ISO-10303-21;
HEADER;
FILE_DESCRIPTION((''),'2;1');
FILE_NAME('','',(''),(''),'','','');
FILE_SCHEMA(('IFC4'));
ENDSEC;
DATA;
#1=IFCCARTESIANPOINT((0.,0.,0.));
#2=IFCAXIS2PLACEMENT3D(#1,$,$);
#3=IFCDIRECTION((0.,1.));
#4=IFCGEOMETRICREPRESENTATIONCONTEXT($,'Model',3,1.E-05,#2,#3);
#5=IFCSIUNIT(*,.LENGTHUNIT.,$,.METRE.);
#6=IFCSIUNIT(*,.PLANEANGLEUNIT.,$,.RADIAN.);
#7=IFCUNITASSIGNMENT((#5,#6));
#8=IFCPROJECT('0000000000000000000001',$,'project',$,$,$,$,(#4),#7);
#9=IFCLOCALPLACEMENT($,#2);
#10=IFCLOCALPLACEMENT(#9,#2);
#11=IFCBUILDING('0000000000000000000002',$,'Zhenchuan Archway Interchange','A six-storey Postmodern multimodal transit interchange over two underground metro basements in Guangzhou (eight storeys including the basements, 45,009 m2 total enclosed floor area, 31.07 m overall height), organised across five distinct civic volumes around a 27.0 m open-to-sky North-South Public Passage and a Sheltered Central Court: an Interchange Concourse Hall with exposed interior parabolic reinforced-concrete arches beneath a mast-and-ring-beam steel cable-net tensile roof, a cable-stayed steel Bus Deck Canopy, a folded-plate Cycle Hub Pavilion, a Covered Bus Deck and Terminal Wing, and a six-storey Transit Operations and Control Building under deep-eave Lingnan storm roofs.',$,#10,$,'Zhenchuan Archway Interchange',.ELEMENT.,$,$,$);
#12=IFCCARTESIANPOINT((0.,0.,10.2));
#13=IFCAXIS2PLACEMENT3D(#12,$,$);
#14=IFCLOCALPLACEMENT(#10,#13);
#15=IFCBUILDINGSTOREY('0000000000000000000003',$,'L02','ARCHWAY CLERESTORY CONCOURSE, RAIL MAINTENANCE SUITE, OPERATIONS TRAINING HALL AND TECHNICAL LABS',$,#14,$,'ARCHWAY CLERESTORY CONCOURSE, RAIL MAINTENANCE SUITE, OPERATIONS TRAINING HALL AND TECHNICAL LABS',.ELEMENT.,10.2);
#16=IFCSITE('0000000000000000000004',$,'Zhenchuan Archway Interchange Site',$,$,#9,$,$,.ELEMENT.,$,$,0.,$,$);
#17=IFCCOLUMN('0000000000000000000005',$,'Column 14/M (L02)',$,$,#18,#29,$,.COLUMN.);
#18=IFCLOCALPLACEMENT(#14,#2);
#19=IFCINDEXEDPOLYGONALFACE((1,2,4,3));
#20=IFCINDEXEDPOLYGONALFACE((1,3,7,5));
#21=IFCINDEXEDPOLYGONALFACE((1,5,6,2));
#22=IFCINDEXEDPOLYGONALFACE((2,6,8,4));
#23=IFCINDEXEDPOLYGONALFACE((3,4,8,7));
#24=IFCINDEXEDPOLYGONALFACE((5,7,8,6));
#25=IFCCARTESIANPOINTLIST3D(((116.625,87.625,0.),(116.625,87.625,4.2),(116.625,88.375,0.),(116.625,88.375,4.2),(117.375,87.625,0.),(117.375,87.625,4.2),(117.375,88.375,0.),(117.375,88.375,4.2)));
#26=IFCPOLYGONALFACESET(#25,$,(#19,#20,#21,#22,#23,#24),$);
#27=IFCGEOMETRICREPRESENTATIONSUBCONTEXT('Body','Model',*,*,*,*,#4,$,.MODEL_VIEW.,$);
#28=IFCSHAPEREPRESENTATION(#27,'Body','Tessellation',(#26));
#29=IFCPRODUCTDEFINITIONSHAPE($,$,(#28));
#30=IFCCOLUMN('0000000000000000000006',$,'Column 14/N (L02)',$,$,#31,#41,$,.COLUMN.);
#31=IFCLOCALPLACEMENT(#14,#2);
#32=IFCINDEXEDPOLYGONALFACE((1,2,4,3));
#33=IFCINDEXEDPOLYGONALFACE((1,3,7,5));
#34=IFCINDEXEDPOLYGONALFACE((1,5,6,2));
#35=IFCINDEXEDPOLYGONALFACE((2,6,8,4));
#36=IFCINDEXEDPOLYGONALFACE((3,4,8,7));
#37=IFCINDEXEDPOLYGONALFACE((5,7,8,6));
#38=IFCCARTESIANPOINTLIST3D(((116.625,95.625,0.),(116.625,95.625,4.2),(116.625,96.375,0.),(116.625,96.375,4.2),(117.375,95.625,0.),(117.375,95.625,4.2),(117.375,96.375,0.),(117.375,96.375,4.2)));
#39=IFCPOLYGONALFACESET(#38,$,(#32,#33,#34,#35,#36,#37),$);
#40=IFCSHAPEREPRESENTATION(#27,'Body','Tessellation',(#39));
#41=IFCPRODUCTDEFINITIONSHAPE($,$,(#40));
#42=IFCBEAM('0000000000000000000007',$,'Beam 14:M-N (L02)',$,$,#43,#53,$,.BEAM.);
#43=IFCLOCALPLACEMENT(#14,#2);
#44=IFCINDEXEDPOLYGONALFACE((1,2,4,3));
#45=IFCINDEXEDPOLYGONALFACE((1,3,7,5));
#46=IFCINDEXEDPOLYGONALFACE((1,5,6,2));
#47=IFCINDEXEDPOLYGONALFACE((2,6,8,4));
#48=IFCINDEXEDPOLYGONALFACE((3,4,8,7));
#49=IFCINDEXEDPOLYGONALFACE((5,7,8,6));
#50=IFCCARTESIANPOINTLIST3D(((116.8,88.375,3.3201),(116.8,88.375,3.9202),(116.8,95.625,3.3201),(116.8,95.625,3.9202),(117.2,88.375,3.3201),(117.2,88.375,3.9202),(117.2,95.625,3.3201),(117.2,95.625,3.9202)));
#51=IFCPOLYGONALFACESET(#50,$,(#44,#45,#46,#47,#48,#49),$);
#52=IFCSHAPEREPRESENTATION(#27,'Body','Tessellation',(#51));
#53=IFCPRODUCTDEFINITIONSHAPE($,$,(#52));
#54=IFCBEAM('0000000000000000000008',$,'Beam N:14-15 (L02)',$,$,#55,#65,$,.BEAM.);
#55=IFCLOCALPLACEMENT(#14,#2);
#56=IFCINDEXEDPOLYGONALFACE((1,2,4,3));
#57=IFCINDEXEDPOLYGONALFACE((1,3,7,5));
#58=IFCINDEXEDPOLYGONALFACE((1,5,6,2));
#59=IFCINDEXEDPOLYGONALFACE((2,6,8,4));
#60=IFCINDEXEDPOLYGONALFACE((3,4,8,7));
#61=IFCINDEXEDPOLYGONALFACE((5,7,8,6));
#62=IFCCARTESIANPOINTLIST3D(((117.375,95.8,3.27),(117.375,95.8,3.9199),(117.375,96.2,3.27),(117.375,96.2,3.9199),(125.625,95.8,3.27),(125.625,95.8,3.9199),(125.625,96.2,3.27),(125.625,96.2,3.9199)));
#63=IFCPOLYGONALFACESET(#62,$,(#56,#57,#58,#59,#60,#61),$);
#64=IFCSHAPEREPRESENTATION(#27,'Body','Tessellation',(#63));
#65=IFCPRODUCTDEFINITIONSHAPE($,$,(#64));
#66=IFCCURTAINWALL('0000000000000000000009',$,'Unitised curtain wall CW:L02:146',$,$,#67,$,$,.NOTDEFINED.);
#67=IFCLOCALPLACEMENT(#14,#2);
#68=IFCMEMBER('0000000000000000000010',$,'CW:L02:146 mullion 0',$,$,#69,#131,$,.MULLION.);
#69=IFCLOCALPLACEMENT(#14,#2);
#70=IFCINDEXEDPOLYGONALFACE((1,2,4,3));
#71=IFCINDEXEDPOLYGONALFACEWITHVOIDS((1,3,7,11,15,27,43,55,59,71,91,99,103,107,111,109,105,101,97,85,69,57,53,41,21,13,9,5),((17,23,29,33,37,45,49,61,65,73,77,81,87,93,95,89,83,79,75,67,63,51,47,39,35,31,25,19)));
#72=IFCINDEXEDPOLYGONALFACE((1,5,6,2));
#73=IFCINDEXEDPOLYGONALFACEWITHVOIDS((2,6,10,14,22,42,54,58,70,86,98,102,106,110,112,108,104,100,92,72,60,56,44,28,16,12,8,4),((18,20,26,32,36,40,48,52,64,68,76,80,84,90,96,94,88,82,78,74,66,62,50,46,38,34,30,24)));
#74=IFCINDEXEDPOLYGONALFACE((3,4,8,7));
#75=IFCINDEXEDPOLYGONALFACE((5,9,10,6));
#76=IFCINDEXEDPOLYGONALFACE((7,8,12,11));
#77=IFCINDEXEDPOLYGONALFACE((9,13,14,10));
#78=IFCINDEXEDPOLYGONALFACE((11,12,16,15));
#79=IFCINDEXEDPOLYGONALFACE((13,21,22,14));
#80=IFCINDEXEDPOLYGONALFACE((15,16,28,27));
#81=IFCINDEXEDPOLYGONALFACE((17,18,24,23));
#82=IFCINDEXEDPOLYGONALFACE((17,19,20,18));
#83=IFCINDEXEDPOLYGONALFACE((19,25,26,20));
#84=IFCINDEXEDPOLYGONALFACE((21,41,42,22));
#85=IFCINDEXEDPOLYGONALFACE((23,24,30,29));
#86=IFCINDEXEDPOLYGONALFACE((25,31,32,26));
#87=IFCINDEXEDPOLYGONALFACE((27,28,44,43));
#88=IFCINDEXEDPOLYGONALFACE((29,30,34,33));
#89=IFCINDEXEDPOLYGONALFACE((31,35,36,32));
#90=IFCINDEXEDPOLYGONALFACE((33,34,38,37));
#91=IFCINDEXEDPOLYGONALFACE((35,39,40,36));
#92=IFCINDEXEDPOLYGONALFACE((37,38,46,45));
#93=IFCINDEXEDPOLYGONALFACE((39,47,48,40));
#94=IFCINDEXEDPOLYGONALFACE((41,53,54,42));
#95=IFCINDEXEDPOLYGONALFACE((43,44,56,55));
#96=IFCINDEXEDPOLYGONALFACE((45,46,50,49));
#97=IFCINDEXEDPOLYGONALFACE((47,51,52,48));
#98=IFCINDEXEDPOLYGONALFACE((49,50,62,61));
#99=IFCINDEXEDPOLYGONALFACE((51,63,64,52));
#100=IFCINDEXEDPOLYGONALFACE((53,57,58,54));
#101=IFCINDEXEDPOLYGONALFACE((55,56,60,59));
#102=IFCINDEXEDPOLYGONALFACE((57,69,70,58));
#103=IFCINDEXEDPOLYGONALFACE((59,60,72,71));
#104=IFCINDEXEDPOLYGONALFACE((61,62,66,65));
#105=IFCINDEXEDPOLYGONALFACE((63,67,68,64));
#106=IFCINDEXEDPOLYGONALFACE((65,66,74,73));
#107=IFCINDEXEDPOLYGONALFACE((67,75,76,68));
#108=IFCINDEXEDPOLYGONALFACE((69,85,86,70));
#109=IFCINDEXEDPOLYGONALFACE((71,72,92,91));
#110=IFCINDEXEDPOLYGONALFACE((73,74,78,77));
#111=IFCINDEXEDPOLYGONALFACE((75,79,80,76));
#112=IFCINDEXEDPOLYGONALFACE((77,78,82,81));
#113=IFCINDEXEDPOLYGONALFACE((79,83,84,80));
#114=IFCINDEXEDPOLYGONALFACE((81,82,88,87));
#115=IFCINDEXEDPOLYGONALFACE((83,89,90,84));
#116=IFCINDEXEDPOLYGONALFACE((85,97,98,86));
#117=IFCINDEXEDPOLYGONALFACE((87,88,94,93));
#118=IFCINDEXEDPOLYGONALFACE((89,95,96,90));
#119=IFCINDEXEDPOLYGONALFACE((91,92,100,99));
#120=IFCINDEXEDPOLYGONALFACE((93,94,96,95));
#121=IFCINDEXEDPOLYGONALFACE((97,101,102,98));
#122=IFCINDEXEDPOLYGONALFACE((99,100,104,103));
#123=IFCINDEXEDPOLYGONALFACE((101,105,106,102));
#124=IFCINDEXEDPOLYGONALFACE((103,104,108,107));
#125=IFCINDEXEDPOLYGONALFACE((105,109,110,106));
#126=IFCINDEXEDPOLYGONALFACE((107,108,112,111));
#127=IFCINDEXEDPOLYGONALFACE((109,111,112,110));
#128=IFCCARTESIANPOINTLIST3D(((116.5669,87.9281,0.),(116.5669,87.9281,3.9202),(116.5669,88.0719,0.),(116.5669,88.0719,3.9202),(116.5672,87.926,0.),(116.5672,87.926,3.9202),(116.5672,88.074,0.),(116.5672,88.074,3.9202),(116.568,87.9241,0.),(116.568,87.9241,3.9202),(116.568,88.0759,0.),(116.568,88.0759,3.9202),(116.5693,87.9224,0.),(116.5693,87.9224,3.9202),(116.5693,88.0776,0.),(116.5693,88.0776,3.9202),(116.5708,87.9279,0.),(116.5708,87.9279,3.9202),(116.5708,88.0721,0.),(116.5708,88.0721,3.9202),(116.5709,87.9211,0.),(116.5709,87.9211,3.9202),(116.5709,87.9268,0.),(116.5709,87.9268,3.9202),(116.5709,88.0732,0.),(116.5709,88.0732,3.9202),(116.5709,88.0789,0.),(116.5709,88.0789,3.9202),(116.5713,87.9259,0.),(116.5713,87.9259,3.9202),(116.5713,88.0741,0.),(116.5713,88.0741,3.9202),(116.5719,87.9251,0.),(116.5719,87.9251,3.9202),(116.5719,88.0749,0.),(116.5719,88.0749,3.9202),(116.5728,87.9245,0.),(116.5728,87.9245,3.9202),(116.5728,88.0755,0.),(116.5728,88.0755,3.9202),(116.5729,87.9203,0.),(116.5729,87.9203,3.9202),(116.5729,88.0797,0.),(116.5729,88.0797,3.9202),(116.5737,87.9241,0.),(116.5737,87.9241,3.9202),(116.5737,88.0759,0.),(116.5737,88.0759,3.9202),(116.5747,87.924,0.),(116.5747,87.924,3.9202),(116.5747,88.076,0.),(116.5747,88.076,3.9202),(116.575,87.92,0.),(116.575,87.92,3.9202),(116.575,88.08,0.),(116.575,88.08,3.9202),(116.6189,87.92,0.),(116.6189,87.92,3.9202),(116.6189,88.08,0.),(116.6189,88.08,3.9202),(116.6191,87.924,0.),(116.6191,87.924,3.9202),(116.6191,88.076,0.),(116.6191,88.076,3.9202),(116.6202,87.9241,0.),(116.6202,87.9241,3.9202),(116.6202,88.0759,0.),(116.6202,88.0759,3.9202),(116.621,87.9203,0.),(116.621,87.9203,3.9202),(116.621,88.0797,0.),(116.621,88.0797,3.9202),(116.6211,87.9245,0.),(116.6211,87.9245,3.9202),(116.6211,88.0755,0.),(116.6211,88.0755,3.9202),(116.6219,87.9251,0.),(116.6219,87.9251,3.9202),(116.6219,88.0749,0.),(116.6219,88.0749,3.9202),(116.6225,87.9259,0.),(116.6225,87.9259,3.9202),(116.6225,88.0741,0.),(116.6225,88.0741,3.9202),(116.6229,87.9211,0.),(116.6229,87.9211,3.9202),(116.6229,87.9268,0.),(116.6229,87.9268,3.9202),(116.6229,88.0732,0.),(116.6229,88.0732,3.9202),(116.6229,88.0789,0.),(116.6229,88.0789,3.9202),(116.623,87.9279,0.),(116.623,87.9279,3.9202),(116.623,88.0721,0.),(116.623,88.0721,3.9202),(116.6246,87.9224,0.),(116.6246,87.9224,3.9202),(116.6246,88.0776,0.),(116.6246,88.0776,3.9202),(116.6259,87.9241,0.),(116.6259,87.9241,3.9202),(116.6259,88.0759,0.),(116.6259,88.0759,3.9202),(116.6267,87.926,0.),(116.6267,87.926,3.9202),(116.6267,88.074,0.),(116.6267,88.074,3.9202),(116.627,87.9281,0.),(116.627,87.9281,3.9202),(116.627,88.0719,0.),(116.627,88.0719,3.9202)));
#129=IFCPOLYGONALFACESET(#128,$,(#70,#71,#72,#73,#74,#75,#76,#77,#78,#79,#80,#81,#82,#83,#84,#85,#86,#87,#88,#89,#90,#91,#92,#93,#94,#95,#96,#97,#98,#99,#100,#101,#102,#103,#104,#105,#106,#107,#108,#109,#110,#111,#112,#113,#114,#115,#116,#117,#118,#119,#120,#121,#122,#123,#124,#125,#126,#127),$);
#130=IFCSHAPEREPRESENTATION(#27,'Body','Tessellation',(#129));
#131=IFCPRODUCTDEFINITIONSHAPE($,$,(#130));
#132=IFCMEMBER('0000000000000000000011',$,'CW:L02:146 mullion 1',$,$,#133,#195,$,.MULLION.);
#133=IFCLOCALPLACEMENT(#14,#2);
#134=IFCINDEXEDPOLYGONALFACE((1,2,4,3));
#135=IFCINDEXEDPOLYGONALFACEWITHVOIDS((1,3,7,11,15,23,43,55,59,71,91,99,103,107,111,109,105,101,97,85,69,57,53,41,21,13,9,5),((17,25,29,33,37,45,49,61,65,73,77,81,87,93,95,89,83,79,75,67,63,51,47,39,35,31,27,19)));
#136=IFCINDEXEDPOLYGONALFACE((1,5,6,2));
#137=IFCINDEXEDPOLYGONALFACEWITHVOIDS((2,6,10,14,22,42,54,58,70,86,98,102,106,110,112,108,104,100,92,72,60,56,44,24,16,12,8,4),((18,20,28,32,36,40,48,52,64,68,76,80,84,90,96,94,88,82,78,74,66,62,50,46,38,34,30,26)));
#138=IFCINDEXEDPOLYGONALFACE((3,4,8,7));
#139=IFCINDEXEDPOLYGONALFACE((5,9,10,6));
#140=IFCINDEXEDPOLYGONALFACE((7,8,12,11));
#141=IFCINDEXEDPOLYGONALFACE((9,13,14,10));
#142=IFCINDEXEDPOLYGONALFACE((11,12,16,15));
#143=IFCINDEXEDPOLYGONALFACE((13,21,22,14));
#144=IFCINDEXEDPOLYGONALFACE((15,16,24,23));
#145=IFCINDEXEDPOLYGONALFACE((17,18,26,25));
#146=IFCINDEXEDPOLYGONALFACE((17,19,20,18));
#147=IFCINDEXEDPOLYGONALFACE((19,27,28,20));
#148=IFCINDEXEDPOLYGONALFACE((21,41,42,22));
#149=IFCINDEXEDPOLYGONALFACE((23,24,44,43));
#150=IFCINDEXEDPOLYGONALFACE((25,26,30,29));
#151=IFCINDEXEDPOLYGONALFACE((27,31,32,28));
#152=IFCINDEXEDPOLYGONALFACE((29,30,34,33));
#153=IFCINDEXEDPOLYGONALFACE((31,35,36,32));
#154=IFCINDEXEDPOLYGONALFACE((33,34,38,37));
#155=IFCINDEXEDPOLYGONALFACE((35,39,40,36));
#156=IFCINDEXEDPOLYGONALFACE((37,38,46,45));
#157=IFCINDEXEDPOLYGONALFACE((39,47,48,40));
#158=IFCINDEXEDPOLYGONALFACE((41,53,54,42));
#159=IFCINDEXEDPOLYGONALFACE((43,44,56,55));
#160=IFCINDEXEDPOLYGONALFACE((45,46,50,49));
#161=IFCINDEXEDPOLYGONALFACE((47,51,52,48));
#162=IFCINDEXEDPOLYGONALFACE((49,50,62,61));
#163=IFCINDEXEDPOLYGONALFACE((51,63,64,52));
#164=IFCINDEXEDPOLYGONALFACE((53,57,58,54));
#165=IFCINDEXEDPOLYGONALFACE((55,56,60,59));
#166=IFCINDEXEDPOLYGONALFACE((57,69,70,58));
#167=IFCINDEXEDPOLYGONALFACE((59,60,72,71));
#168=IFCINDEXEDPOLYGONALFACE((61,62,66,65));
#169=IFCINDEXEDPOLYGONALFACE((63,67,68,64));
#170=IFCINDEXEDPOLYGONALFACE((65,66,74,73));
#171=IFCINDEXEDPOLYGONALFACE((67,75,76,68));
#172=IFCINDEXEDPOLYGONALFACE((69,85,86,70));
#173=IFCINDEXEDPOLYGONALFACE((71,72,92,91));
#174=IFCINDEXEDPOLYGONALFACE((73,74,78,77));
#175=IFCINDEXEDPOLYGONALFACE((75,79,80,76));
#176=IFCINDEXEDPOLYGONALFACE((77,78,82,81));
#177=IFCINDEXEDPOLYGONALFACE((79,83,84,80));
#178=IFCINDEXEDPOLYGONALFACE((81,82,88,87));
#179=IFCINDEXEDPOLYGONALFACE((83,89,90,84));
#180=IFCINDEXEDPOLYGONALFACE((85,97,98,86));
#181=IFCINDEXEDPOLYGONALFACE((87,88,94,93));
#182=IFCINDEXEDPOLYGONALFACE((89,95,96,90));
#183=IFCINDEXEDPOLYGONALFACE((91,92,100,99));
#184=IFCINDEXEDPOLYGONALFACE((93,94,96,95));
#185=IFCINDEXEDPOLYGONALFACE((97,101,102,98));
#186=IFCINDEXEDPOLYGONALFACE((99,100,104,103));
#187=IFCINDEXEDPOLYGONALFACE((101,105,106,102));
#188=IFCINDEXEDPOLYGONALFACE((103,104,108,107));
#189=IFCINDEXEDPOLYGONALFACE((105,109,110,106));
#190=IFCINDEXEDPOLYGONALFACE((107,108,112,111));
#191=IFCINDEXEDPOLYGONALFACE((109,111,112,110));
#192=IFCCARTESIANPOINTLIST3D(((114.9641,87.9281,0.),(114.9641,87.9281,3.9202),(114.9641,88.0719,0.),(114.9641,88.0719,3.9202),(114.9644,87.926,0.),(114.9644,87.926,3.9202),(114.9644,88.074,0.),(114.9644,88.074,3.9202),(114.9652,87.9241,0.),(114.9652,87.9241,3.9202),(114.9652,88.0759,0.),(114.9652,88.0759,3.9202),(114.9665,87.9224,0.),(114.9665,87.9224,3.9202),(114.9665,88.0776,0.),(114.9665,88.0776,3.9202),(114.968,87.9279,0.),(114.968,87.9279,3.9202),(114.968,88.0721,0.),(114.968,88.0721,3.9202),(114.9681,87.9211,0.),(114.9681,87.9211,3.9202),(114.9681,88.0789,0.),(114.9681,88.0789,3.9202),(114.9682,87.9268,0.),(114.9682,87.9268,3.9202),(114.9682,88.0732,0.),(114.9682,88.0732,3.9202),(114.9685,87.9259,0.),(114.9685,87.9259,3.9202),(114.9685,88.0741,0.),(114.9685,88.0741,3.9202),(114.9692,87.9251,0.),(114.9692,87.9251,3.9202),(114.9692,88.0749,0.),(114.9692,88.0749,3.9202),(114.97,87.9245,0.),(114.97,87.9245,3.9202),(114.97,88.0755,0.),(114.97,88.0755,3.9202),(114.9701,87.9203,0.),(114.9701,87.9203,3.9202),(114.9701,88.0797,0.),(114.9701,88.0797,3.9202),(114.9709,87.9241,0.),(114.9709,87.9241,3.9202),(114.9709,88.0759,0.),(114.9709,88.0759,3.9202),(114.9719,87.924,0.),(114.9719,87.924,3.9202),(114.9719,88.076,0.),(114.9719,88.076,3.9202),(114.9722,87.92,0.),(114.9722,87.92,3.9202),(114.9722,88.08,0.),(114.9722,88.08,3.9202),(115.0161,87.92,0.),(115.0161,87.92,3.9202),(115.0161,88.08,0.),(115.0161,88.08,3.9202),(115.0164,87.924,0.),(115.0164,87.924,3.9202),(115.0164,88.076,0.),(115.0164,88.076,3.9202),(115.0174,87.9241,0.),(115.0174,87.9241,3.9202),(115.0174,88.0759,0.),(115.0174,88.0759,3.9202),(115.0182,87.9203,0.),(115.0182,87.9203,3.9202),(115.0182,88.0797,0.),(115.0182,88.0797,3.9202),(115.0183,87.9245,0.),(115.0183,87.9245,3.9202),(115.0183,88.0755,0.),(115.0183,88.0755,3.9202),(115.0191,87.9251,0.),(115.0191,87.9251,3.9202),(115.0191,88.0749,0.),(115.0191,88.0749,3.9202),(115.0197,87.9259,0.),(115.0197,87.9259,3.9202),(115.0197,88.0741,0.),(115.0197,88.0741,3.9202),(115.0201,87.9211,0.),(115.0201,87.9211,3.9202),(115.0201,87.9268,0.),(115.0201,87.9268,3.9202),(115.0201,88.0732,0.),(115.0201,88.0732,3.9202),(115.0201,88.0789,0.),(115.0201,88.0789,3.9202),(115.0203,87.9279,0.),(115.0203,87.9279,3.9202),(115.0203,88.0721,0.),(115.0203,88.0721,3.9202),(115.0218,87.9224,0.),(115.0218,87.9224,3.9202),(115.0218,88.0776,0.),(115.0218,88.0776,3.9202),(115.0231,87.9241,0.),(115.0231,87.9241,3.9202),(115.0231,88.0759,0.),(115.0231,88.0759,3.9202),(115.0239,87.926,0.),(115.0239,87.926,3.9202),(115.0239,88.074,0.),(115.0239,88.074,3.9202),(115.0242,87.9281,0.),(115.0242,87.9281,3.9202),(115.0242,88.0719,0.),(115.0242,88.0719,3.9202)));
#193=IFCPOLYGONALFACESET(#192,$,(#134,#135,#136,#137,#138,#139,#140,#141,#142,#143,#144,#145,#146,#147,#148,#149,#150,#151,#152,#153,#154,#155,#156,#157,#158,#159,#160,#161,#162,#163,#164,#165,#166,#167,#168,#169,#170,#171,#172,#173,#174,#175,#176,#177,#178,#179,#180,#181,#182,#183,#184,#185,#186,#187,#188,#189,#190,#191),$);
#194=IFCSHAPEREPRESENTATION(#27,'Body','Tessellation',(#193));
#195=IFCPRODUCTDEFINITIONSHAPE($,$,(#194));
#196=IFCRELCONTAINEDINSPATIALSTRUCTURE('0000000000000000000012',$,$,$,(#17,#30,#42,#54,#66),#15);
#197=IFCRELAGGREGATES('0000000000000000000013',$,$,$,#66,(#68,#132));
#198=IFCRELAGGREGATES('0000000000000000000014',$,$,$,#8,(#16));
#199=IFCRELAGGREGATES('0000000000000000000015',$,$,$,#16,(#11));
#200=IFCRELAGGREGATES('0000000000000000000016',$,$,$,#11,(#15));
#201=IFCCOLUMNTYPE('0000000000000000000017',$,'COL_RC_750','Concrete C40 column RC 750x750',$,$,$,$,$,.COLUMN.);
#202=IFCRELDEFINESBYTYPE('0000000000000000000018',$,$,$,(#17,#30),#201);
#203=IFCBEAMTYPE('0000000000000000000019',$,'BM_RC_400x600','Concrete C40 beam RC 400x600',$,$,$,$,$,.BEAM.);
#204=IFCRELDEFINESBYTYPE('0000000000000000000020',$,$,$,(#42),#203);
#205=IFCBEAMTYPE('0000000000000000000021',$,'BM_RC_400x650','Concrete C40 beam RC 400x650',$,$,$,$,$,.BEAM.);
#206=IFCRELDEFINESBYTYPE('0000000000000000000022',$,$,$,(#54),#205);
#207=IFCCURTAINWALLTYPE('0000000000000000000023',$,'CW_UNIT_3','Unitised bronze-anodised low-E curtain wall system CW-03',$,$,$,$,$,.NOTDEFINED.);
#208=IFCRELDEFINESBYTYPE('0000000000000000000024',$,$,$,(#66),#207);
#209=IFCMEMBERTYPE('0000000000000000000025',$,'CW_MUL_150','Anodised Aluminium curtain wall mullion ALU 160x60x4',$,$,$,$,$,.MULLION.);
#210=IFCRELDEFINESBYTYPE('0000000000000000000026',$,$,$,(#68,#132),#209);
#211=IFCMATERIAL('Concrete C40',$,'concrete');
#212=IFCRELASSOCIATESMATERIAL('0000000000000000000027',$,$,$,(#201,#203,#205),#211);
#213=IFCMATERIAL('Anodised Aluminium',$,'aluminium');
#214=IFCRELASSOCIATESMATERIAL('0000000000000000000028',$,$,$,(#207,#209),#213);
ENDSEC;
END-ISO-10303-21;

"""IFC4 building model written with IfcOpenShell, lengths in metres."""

from ifc_helpers import new_model, si_unit, direction, frame, origin, origin_2d, place, context, subcontext, project, spatial, rectangle, hollow_rectangle, extrude, material, material_profile, profile_set, type_object, element, aggregate, save


model = new_model("IFC4")

# Units and contexts
model_context = context("Model", 3, precision=1e-05, world=origin(), true_north=direction((0.0, 1.0)))
body_context = subcontext(model_context, "Body", "Model", "MODEL_VIEW")
ifc_project = project(units=[si_unit("LENGTHUNIT", "METRE"), si_unit("PLANEANGLEUNIT", "RADIAN")], contexts=[model_context])

# Site, building, storey
site_placement = place(None, origin())
site = spatial("IfcSite", under=ifc_project, at=site_placement, Name="Zhenchuan Archway Interchange Site", CompositionType="ELEMENT", RefElevation=0.0)
building_placement = place(site_placement, origin())
building = spatial("IfcBuilding", under=site, at=building_placement, Name="Zhenchuan Archway Interchange", Description="A six-storey Postmodern multimodal transit interchange over two underground metro basements in Guangzhou (eight storeys including the basements, 45,009 m2 total enclosed floor area, 31.07 m overall height), organised across five distinct civic volumes around a 27.0 m open-to-sky North-South Public Passage and a Sheltered Central Court: an Interchange Concourse Hall with exposed interior parabolic reinforced-concrete arches beneath a mast-and-ring-beam steel cable-net tensile roof, a cable-stayed steel Bus Deck Canopy, a folded-plate Cycle Hub Pavilion, a Covered Bus Deck and Terminal Wing, and a six-storey Transit Operations and Control Building under deep-eave Lingnan storm roofs.", LongName="Zhenchuan Archway Interchange", CompositionType="ELEMENT")
storey_placement = place(building_placement, frame((0.0, 0.0, 10.2)))
storey = spatial("IfcBuildingStorey", under=building, at=storey_placement, Name="L02", Description="ARCHWAY CLERESTORY CONCOURSE, RAIL MAINTENANCE SUITE, OPERATIONS TRAINING HALL AND TECHNICAL LABS", LongName="ARCHWAY CLERESTORY CONCOURSE, RAIL MAINTENANCE SUITE, OPERATIONS TRAINING HALL AND TECHNICAL LABS", CompositionType="ELEMENT", Elevation=10.2)

# Columns
ifc_material_1 = material(Name="Concrete C40", Category="concrete")
ifc_material_profile_1 = material_profile(ifc_material_1, rectangle(XDim=0.75, YDim=0.75, at=origin_2d()), Name="RC 750x750")
ifc_profile_set_1 = profile_set([ifc_material_profile_1], Name="Concrete C40")
column_type = type_object("IfcColumnType", Name="COL_RC_750", Description="Concrete C40 column RC 750x750", PredefinedType="COLUMN", material=ifc_profile_set_1)
for number, where, z_axis, x_axis, name in (
    (1, (117.0, 88.0, 0.0), (0.0, 0.0, 1.0), (1.0, 0.0, 0.0), "Column 14/M (L02)"),
    (2, (117.0, 96.0, 0.0), (0.0, 0.0, 1.0), (1.0, 0.0, 0.0), "Column 14/N (L02)"),
):
    element("IfcColumn", number, at=place(storey_placement, frame(where, z_axis=z_axis, x_axis=x_axis)), inside=storey, type_object=column_type, Name=name, PredefinedType="COLUMN", context=body_context, shape_type="SweptSolid", body=[
        extrude(rectangle(XDim=0.75, YDim=0.75, at=origin_2d()), origin(), (0.0, 0.0, 1.0), 4.2),
    ])

# Beams
ifc_material_profile_2 = material_profile(ifc_material_1, rectangle(XDim=0.3999, YDim=0.6001, at=origin_2d()), Name="RC 400x600")
ifc_profile_set_2 = profile_set([ifc_material_profile_2], Name="Concrete C40")
beam_type_1 = type_object("IfcBeamType", Name="BM_RC_400x600", Description="Concrete C40 beam RC 400x600", PredefinedType="BEAM", material=ifc_profile_set_2)
beam_1_placement = place(storey_placement, frame((117.0, 88.375, 3.6201), z_axis=(0.0, 1.0, 0.0), x_axis=(-1.0, 0.0, 0.0)))
element("IfcBeam", 3, at=beam_1_placement, inside=storey, type_object=beam_type_1, Name="Beam 14:M-N (L02)", PredefinedType="BEAM", context=body_context, shape_type="SweptSolid", body=[
    extrude(rectangle(XDim=0.3999, YDim=0.6001, at=origin_2d()), origin(), (0.0, 0.0, 1.0), 7.25),
])
ifc_material_profile_3 = material_profile(ifc_material_1, rectangle(XDim=0.3999, YDim=0.6499, at=origin_2d()), Name="RC 400x650")
ifc_profile_set_3 = profile_set([ifc_material_profile_3], Name="Concrete C40")
beam_type_2 = type_object("IfcBeamType", Name="BM_RC_400x650", Description="Concrete C40 beam RC 400x650", PredefinedType="BEAM", material=ifc_profile_set_3)
beam_2_placement = place(storey_placement, frame((117.375, 96.0, 3.595), z_axis=(1.0, 0.0, 0.0), x_axis=(0.0, 1.0, 0.0)))
element("IfcBeam", 4, at=beam_2_placement, inside=storey, type_object=beam_type_2, Name="Beam N:14-15 (L02)", PredefinedType="BEAM", context=body_context, shape_type="SweptSolid", body=[
    extrude(rectangle(XDim=0.3999, YDim=0.6499, at=origin_2d()), origin(), (0.0, 0.0, 1.0), 8.25),
])

# Curtain wall, members
ifc_material_2 = material(Name="Anodised Aluminium", Category="aluminium")
curtain_wall_type = type_object("IfcCurtainWallType", Name="CW_UNIT_3", Description="Unitised bronze-anodised low-E curtain wall system CW-03", PredefinedType="NOTDEFINED", material=ifc_material_2)
curtain_wall_placement = place(storey_placement, origin())
curtain_wall = element("IfcCurtainWall", 5, at=curtain_wall_placement, inside=storey, type_object=curtain_wall_type, Name="Unitised curtain wall CW:L02:146", PredefinedType="NOTDEFINED")
ifc_material_profile_4 = material_profile(ifc_material_2, hollow_rectangle(XDim=0.0601, YDim=0.1599, WallThickness=0.0039, InnerFilletRadius=0.0039, OuterFilletRadius=0.0081, at=origin_2d()), Name="ALU 160x60x4")
ifc_profile_set_4 = profile_set([ifc_material_profile_4], Name="Anodised Aluminium")
member_type_1 = type_object("IfcMemberType", Name="CW_MUL_150", Description="Anodised Aluminium curtain wall mullion ALU 160x60x4", PredefinedType="MULLION", material=ifc_profile_set_4)
member_1_placement = place(storey_placement, frame((116.5969, 88.0, 0.0), z_axis=(0.0, 0.0, 1.0), x_axis=(1.0, 0.0, 0.0)))
member_1 = element("IfcMember", 6, at=member_1_placement, type_object=member_type_1, Name="CW:L02:146 mullion 0", PredefinedType="MULLION", context=body_context, shape_type="SweptSolid", body=[
    extrude(hollow_rectangle(XDim=0.0601, YDim=0.1599, WallThickness=0.0039, InnerFilletRadius=0.0039, OuterFilletRadius=0.0081, at=origin_2d()), origin(), (0.0, 0.0, 1.0), 3.9202),
])
member_2_placement = place(storey_placement, frame((114.9941, 88.0, 0.0), z_axis=(0.0, 0.0, 1.0), x_axis=(1.0, 0.0, 0.0)))
member_2 = element("IfcMember", 7, at=member_2_placement, type_object=member_type_1, Name="CW:L02:146 mullion 1", PredefinedType="MULLION", context=body_context, shape_type="SweptSolid", body=[
    extrude(hollow_rectangle(XDim=0.0601, YDim=0.1599, WallThickness=0.0039, InnerFilletRadius=0.0039, OuterFilletRadius=0.0081, at=origin_2d()), origin(), (0.0, 0.0, 1.0), 3.9202),
])

aggregate(curtain_wall, [member_1, member_2])

save(model, "model.ifc")
